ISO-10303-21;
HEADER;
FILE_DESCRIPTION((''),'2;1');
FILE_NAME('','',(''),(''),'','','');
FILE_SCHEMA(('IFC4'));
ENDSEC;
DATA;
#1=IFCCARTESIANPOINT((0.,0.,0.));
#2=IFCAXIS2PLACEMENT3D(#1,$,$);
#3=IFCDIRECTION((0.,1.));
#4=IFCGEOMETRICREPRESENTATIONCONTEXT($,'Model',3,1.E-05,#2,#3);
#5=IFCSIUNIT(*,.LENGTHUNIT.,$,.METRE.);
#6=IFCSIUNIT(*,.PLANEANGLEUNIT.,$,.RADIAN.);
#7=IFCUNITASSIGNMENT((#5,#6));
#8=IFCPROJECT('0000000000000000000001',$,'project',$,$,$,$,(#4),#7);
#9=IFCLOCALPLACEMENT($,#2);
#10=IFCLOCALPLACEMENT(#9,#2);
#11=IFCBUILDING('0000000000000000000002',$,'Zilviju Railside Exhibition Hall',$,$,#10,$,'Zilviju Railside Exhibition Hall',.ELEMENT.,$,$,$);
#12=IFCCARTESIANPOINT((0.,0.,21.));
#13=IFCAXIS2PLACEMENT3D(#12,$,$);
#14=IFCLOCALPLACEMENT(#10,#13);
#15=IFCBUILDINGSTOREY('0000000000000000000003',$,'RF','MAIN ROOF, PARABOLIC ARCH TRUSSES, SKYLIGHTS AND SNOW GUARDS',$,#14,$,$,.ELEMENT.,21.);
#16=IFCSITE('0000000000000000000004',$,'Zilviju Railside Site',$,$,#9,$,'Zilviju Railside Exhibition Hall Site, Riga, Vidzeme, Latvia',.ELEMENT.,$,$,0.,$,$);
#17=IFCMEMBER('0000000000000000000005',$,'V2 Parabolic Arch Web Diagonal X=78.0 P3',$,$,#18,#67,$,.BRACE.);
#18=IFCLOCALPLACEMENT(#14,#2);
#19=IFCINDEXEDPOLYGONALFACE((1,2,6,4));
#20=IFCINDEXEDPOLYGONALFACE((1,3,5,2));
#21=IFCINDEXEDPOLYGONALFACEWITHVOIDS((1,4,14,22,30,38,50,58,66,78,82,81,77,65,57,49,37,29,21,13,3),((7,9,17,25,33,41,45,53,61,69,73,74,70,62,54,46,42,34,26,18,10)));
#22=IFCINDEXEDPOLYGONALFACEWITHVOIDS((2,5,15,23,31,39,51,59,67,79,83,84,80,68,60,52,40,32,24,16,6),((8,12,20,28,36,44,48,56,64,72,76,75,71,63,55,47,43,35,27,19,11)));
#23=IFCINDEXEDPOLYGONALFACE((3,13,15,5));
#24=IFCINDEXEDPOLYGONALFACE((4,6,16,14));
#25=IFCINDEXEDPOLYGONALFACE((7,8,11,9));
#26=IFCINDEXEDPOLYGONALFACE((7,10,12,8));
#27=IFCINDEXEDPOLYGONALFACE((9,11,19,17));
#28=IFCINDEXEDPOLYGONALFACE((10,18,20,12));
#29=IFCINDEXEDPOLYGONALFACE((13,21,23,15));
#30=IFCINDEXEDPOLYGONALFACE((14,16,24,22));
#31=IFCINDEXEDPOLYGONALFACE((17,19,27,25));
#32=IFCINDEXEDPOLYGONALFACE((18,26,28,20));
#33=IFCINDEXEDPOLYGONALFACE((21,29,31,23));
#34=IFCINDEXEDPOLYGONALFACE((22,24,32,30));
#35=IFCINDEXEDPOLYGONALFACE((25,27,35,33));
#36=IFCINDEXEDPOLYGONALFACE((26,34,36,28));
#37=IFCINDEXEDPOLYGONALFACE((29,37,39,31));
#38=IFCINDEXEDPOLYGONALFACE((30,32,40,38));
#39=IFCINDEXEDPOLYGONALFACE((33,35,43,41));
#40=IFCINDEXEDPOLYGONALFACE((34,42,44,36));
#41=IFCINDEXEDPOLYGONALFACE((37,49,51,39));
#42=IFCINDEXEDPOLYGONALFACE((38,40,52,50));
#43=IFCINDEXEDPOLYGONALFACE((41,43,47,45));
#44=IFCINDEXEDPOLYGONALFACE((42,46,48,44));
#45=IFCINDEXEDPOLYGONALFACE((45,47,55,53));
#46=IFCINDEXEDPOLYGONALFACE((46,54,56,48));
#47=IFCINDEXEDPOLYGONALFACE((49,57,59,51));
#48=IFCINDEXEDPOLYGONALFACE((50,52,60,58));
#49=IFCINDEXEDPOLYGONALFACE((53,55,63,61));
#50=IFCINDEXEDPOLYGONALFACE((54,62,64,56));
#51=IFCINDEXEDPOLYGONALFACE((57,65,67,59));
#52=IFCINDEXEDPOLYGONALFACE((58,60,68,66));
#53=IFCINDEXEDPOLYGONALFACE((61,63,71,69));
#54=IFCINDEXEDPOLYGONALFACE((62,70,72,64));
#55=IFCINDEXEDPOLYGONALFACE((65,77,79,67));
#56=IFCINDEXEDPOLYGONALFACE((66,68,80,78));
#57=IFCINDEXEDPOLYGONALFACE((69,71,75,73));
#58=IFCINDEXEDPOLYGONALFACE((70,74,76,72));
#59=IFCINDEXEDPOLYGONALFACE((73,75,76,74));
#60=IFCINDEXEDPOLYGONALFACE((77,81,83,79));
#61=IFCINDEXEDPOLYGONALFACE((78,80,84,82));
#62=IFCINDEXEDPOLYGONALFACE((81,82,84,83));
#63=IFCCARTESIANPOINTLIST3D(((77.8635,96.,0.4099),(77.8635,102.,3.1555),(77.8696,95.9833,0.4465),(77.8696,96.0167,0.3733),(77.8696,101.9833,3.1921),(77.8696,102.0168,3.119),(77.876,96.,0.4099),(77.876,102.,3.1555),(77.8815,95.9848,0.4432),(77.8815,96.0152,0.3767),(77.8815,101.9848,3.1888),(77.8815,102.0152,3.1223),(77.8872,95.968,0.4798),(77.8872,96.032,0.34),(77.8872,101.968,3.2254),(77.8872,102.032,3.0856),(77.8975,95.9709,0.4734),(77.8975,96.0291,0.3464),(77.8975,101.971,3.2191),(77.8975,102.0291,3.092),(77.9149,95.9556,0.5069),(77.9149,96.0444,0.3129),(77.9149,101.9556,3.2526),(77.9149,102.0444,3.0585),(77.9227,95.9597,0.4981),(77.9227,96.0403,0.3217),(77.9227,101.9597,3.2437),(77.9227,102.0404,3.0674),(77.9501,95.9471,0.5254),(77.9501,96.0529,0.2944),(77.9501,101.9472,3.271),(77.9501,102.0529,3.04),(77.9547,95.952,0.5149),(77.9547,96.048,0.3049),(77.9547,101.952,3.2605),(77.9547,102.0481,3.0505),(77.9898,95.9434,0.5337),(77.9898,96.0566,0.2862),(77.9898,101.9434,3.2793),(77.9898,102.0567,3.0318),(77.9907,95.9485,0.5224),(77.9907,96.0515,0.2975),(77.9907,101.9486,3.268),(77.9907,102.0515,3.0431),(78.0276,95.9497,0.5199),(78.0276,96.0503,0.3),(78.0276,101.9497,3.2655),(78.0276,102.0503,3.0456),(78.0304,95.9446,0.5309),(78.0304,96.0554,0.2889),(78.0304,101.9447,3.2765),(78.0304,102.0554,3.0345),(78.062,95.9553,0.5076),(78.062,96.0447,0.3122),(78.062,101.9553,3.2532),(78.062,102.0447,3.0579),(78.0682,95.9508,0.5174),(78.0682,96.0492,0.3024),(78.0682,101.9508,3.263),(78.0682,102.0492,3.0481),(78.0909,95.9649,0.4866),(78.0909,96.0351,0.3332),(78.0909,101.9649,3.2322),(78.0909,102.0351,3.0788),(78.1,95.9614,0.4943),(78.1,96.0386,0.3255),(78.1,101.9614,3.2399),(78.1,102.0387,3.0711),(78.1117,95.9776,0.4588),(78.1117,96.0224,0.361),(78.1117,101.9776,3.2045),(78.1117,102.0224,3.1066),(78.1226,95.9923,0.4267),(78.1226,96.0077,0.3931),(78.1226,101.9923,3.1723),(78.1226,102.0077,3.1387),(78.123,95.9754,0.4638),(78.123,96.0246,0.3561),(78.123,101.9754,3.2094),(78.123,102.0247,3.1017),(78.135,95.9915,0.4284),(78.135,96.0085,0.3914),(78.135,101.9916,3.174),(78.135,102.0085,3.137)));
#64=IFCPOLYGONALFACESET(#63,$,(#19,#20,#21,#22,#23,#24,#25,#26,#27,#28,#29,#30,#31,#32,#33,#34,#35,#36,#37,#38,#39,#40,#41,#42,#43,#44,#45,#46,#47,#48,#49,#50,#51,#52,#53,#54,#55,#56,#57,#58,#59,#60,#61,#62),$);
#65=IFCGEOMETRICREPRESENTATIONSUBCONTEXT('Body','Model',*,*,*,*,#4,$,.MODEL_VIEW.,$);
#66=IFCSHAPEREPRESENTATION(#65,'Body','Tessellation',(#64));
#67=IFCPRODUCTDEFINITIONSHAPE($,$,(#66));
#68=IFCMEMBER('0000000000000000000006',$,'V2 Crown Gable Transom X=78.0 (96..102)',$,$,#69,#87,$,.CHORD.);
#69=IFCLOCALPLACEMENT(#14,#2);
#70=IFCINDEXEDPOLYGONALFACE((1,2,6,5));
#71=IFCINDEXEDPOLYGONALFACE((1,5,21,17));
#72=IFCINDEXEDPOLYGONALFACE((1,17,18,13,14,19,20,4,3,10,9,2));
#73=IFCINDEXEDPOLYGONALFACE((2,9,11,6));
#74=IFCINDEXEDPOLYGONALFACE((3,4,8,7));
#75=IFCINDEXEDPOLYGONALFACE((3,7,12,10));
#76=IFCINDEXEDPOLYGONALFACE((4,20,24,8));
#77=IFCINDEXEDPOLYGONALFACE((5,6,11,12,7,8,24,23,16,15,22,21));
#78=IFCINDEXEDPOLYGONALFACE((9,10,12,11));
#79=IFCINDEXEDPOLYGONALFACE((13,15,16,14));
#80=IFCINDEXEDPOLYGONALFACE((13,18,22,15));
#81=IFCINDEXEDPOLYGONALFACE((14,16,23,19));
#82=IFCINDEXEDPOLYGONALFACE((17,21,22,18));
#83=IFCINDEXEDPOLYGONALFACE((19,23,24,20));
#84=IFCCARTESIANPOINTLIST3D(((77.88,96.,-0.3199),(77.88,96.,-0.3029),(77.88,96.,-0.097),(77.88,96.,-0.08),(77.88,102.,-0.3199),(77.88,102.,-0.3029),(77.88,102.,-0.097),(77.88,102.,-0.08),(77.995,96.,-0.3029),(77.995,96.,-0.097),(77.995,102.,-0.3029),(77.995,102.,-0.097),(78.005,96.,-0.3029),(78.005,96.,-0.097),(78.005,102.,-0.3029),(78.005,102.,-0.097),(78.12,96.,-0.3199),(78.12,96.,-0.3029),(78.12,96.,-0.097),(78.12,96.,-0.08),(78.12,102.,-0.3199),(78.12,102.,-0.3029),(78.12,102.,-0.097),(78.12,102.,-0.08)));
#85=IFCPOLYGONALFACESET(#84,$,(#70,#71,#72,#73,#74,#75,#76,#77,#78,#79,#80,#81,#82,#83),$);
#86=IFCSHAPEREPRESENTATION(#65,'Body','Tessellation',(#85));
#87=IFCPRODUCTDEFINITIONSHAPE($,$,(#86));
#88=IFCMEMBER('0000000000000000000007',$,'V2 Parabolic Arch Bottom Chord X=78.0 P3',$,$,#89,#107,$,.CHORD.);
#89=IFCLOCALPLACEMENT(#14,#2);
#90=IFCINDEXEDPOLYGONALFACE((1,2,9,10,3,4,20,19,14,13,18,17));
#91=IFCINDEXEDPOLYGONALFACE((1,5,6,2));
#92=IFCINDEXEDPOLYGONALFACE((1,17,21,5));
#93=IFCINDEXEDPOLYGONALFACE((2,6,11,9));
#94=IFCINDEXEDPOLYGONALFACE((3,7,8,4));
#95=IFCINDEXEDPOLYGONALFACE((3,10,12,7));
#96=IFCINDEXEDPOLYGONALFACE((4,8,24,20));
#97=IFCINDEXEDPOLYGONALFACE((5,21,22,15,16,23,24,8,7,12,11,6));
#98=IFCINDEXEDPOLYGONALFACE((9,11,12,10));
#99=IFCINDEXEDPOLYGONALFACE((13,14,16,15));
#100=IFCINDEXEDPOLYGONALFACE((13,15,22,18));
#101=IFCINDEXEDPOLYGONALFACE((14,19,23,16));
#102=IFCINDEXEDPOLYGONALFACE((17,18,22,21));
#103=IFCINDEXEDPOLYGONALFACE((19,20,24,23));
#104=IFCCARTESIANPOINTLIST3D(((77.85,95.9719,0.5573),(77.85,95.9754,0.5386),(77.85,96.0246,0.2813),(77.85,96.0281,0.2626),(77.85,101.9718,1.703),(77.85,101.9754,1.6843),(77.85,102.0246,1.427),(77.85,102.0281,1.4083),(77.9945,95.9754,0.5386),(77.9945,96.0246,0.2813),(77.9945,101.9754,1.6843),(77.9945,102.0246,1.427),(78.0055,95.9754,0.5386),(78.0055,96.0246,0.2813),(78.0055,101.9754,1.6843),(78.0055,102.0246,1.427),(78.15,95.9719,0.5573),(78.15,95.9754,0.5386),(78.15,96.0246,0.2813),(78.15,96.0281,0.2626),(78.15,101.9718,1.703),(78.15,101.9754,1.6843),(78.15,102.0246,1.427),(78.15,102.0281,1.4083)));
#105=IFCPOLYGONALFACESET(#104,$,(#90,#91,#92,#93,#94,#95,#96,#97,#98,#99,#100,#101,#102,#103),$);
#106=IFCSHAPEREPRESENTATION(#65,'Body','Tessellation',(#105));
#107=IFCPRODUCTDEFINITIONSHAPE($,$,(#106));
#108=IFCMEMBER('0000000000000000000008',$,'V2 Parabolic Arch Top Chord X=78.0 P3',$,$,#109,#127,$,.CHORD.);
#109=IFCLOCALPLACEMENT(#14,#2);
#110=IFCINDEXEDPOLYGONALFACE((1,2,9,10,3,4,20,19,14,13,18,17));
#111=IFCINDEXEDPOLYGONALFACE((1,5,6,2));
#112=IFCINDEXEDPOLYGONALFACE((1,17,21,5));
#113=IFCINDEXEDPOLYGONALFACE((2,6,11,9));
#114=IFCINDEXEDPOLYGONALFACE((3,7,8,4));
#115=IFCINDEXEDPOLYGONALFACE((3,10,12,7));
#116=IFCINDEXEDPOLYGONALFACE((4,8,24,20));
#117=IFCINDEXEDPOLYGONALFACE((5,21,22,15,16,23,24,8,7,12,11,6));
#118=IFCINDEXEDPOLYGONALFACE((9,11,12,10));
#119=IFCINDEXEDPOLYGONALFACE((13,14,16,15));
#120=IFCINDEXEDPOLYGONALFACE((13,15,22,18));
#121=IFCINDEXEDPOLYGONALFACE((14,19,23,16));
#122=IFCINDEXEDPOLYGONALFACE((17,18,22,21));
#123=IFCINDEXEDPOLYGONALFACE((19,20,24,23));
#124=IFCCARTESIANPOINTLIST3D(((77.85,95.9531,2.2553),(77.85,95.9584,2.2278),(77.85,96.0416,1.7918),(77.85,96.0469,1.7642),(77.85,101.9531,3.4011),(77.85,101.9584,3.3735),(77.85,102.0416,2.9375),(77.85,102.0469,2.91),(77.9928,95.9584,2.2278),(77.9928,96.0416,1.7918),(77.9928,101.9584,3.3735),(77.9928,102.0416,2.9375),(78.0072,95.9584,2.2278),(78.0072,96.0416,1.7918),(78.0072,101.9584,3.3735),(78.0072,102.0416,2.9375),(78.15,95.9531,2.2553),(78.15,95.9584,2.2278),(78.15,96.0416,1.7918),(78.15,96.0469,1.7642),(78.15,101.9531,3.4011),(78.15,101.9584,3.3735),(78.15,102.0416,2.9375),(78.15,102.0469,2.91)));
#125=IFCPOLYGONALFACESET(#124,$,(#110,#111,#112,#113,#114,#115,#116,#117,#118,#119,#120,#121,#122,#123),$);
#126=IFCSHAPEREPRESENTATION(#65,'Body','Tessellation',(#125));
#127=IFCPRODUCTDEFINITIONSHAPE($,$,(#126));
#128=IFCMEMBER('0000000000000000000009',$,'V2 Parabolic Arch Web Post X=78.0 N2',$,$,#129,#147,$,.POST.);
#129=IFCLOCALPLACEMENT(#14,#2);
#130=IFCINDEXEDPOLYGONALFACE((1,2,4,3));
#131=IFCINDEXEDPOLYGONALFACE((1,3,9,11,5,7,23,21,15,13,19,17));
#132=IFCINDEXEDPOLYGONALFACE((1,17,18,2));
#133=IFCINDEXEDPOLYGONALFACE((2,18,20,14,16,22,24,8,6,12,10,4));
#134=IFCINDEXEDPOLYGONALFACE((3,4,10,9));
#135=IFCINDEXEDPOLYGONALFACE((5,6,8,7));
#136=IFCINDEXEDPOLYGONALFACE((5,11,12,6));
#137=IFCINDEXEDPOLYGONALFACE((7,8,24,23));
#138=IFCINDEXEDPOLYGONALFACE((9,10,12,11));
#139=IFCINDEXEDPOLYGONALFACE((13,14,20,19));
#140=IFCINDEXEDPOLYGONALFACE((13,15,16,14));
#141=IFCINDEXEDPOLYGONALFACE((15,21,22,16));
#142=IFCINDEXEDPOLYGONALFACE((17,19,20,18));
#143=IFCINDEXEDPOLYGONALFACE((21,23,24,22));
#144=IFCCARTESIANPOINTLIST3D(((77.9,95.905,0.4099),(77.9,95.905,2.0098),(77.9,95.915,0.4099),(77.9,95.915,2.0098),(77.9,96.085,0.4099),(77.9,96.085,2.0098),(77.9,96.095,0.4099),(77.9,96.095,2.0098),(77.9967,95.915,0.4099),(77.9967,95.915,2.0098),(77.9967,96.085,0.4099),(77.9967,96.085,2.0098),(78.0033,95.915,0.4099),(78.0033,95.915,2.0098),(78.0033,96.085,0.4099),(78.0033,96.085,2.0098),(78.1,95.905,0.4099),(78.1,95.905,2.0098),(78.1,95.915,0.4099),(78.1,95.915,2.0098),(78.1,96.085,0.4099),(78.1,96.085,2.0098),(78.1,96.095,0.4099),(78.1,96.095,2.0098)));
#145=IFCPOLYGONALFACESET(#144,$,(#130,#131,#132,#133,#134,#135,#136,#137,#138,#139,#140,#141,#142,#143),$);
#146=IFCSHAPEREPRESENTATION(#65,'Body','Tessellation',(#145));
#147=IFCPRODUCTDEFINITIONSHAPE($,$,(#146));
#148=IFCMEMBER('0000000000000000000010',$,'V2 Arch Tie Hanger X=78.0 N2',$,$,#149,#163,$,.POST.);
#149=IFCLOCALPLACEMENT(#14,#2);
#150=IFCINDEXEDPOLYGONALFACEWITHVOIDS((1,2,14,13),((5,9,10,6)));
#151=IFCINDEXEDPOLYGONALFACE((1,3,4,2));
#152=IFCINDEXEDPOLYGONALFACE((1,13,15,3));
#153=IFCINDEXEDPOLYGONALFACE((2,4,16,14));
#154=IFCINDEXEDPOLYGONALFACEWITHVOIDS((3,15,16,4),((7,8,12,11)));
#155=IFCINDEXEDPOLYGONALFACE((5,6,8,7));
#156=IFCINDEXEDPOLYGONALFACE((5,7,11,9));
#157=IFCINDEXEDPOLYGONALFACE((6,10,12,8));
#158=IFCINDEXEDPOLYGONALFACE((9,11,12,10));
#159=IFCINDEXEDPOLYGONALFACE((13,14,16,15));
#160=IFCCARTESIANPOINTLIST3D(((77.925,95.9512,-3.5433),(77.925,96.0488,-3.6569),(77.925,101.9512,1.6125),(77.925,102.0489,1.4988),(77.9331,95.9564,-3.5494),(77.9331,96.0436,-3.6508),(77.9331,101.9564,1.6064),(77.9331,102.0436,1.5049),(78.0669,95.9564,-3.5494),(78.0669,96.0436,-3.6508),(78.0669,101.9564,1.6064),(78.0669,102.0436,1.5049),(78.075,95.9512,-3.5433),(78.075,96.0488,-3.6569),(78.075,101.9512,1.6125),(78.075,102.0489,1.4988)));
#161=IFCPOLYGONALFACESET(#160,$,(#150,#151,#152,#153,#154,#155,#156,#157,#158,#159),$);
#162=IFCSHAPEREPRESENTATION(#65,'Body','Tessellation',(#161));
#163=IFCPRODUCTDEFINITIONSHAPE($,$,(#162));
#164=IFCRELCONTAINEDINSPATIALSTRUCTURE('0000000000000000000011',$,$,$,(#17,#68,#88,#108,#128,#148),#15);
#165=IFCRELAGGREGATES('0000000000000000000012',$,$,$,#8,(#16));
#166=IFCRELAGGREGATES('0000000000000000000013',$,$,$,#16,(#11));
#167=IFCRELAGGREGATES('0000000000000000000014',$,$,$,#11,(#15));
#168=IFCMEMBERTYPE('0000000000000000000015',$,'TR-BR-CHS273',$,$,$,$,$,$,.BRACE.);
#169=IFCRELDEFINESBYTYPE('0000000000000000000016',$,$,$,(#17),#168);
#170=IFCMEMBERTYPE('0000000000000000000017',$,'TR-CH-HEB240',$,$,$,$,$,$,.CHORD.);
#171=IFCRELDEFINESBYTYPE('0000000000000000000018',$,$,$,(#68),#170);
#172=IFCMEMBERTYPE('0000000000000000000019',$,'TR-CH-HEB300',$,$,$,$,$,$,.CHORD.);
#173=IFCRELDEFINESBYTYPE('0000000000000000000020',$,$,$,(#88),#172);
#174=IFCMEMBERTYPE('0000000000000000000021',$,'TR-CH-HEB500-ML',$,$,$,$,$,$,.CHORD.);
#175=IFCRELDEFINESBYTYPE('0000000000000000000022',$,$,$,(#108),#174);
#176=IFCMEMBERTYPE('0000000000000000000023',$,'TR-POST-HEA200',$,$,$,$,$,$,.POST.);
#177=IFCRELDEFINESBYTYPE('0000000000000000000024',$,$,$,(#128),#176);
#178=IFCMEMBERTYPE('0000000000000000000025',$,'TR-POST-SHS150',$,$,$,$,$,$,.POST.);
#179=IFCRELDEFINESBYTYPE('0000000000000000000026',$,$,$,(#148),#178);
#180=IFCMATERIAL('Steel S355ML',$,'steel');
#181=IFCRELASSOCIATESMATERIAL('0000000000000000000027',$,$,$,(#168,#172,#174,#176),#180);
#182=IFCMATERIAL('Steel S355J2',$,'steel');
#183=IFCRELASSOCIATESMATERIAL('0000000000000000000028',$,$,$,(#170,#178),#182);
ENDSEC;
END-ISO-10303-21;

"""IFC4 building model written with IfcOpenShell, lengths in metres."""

from ifc_helpers import new_model, si_unit, direction, frame, origin, origin_2d, place, context, subcontext, project, spatial, hollow_rectangle, hollow_circle, i_section, extrude, material, material_profile, profile_set, type_object, element, save


model = new_model("IFC4")

# Units and contexts
model_context = context("Model", 3, precision=1e-05, world=origin(), true_north=direction((0.0, 1.0)))
body_context = subcontext(model_context, "Body", "Model", "MODEL_VIEW")
ifc_project = project(units=[si_unit("LENGTHUNIT", "METRE"), si_unit("PLANEANGLEUNIT", "RADIAN")], contexts=[model_context])

# Site, building, storey
site_placement = place(None, origin())
site = spatial("IfcSite", under=ifc_project, at=site_placement, Name="Zilviju Railside Site", LongName="Zilviju Railside Exhibition Hall Site, Riga, Vidzeme, Latvia", CompositionType="ELEMENT", RefElevation=0.0)
building_placement = place(site_placement, origin())
building = spatial("IfcBuilding", under=site, at=building_placement, Name="Zilviju Railside Exhibition Hall", LongName="Zilviju Railside Exhibition Hall", CompositionType="ELEMENT")
storey_placement = place(building_placement, frame((0.0, 0.0, 21.0)))
storey = spatial("IfcBuildingStorey", under=building, at=storey_placement, Name="RF", Description="MAIN ROOF, PARABOLIC ARCH TRUSSES, SKYLIGHTS AND SNOW GUARDS", CompositionType="ELEMENT", Elevation=21.0)

# Members
ifc_material_1 = material(Name="Steel S355ML", Category="steel")
ifc_material_profile_1 = material_profile(ifc_material_1, hollow_circle(Radius=0.1365, WallThickness=0.0125, at=origin_2d()), Name="CHS 273.0x12.5")
ifc_profile_set_1 = profile_set([ifc_material_profile_1], Name="Steel S355ML")
member_type_1 = type_object("IfcMemberType", Name="TR-BR-CHS273", PredefinedType="BRACE", material=ifc_profile_set_1)
member_1_placement = place(storey_placement, frame((78.0, 96.0, 0.4099), z_axis=(0.0, 0.909317, 0.416104), x_axis=(-1.0, 0.0, 0.0)))
element("IfcMember", 1, at=member_1_placement, inside=storey, type_object=member_type_1, Name="V2 Parabolic Arch Web Diagonal X=78.0 P3", PredefinedType="BRACE", context=body_context, shape_type="SweptSolid", body=[
    extrude(hollow_circle(Radius=0.1365, WallThickness=0.0125, at=origin_2d()), origin(), (0.0, 0.0, 1.0), 6.5984),
])
ifc_material_2 = material(Name="Steel S355J2", Category="steel")
ifc_material_profile_2 = material_profile(ifc_material_2, i_section(OverallWidth=0.24, OverallDepth=0.24, WebThickness=0.01, FlangeThickness=0.0171, at=origin_2d()), Name="HEB 240")
ifc_profile_set_2 = profile_set([ifc_material_profile_2], Name="Steel S355J2")
member_type_2 = type_object("IfcMemberType", Name="TR-CH-HEB240", PredefinedType="CHORD", material=ifc_profile_set_2)
member_2_placement = place(storey_placement, frame((78.0, 96.0, -0.2), z_axis=(0.0, 1.0, 0.0), x_axis=(-1.0, 0.0, 0.0)))
element("IfcMember", 2, at=member_2_placement, inside=storey, type_object=member_type_2, Name="V2 Crown Gable Transom X=78.0 (96..102)", PredefinedType="CHORD", context=body_context, shape_type="SweptSolid", body=[
    extrude(i_section(OverallWidth=0.24, OverallDepth=0.24, WebThickness=0.01, FlangeThickness=0.0171, at=origin_2d()), origin(), (0.0, 0.0, 1.0), 6.0),
])
ifc_material_profile_3 = material_profile(ifc_material_1, i_section(OverallWidth=0.3, OverallDepth=0.3, WebThickness=0.011, FlangeThickness=0.019, at=origin_2d()), Name="HEB 300")
ifc_profile_set_3 = profile_set([ifc_material_profile_3], Name="Steel S355ML")
member_type_3 = type_object("IfcMemberType", Name="TR-CH-HEB300", PredefinedType="CHORD", material=ifc_profile_set_3)
member_3_placement = place(storey_placement, frame((78.0, 96.0, 0.4099), z_axis=(0.0, 0.982251, 0.187569), x_axis=(-1.0, 0.0, 0.0)))
element("IfcMember", 3, at=member_3_placement, inside=storey, type_object=member_type_3, Name="V2 Parabolic Arch Bottom Chord X=78.0 P3", PredefinedType="CHORD", context=body_context, shape_type="SweptSolid", body=[
    extrude(i_section(OverallWidth=0.3, OverallDepth=0.3, WebThickness=0.011, FlangeThickness=0.019, at=origin_2d()), origin(), (0.0, 0.0, 1.0), 6.1084),
])
ifc_material_profile_4 = material_profile(ifc_material_1, i_section(OverallWidth=0.3, OverallDepth=0.5, WebThickness=0.0144, FlangeThickness=0.0281, at=origin_2d()), Name="HEB 500")
ifc_profile_set_4 = profile_set([ifc_material_profile_4], Name="Steel S355ML")
member_type_4 = type_object("IfcMemberType", Name="TR-CH-HEB500-ML", PredefinedType="CHORD", material=ifc_profile_set_4)
member_4_placement = place(storey_placement, frame((78.0, 96.0, 2.0098), z_axis=(0.0, 0.982251, 0.187569), x_axis=(-1.0, 0.0, 0.0)))
element("IfcMember", 4, at=member_4_placement, inside=storey, type_object=member_type_4, Name="V2 Parabolic Arch Top Chord X=78.0 P3", PredefinedType="CHORD", context=body_context, shape_type="SweptSolid", body=[
    extrude(i_section(OverallWidth=0.3, OverallDepth=0.5, WebThickness=0.0144, FlangeThickness=0.0281, at=origin_2d()), origin(), (0.0, 0.0, 1.0), 6.1084),
])
ifc_material_profile_5 = material_profile(ifc_material_1, i_section(OverallWidth=0.2, OverallDepth=0.1899, WebThickness=0.0066, FlangeThickness=0.01, at=origin_2d()), Name="HEA 200")
ifc_profile_set_5 = profile_set([ifc_material_profile_5], Name="Steel S355ML")
member_type_5 = type_object("IfcMemberType", Name="TR-POST-HEA200", PredefinedType="POST", material=ifc_profile_set_5)
member_5_placement = place(storey_placement, frame((78.0, 96.0, 0.4099), z_axis=(0.0, 0.0, 1.0), x_axis=(1.0, 0.0, 0.0)))
element("IfcMember", 5, at=member_5_placement, inside=storey, type_object=member_type_5, Name="V2 Parabolic Arch Web Post X=78.0 N2", PredefinedType="POST", context=body_context, shape_type="SweptSolid", body=[
    extrude(i_section(OverallWidth=0.2, OverallDepth=0.1899, WebThickness=0.0066, FlangeThickness=0.01, at=origin_2d()), origin(), (0.0, 0.0, 1.0), 1.5999),
])
ifc_material_profile_6 = material_profile(ifc_material_2, hollow_rectangle(XDim=0.1499, YDim=0.1499, WallThickness=0.0081, at=origin_2d()), Name="SHS 150x150x8.0")
ifc_profile_set_6 = profile_set([ifc_material_profile_6], Name="Steel S355J2")
member_type_6 = type_object("IfcMemberType", Name="TR-POST-SHS150", PredefinedType="POST", material=ifc_profile_set_6)
member_6_placement = place(storey_placement, frame((78.0, 96.0, -3.6001), z_axis=(0.0, 0.75845, 0.651731), x_axis=(-1.0, 0.0, 0.0)))
element("IfcMember", 6, at=member_6_placement, inside=storey, type_object=member_type_6, Name="V2 Arch Tie Hanger X=78.0 N2", PredefinedType="POST", context=body_context, shape_type="SweptSolid", body=[
    extrude(hollow_rectangle(XDim=0.1499, YDim=0.1499, WallThickness=0.0081, at=origin_2d()), origin(), (0.0, 0.0, 1.0), 7.9109),
])

save(model, "model.ifc")
